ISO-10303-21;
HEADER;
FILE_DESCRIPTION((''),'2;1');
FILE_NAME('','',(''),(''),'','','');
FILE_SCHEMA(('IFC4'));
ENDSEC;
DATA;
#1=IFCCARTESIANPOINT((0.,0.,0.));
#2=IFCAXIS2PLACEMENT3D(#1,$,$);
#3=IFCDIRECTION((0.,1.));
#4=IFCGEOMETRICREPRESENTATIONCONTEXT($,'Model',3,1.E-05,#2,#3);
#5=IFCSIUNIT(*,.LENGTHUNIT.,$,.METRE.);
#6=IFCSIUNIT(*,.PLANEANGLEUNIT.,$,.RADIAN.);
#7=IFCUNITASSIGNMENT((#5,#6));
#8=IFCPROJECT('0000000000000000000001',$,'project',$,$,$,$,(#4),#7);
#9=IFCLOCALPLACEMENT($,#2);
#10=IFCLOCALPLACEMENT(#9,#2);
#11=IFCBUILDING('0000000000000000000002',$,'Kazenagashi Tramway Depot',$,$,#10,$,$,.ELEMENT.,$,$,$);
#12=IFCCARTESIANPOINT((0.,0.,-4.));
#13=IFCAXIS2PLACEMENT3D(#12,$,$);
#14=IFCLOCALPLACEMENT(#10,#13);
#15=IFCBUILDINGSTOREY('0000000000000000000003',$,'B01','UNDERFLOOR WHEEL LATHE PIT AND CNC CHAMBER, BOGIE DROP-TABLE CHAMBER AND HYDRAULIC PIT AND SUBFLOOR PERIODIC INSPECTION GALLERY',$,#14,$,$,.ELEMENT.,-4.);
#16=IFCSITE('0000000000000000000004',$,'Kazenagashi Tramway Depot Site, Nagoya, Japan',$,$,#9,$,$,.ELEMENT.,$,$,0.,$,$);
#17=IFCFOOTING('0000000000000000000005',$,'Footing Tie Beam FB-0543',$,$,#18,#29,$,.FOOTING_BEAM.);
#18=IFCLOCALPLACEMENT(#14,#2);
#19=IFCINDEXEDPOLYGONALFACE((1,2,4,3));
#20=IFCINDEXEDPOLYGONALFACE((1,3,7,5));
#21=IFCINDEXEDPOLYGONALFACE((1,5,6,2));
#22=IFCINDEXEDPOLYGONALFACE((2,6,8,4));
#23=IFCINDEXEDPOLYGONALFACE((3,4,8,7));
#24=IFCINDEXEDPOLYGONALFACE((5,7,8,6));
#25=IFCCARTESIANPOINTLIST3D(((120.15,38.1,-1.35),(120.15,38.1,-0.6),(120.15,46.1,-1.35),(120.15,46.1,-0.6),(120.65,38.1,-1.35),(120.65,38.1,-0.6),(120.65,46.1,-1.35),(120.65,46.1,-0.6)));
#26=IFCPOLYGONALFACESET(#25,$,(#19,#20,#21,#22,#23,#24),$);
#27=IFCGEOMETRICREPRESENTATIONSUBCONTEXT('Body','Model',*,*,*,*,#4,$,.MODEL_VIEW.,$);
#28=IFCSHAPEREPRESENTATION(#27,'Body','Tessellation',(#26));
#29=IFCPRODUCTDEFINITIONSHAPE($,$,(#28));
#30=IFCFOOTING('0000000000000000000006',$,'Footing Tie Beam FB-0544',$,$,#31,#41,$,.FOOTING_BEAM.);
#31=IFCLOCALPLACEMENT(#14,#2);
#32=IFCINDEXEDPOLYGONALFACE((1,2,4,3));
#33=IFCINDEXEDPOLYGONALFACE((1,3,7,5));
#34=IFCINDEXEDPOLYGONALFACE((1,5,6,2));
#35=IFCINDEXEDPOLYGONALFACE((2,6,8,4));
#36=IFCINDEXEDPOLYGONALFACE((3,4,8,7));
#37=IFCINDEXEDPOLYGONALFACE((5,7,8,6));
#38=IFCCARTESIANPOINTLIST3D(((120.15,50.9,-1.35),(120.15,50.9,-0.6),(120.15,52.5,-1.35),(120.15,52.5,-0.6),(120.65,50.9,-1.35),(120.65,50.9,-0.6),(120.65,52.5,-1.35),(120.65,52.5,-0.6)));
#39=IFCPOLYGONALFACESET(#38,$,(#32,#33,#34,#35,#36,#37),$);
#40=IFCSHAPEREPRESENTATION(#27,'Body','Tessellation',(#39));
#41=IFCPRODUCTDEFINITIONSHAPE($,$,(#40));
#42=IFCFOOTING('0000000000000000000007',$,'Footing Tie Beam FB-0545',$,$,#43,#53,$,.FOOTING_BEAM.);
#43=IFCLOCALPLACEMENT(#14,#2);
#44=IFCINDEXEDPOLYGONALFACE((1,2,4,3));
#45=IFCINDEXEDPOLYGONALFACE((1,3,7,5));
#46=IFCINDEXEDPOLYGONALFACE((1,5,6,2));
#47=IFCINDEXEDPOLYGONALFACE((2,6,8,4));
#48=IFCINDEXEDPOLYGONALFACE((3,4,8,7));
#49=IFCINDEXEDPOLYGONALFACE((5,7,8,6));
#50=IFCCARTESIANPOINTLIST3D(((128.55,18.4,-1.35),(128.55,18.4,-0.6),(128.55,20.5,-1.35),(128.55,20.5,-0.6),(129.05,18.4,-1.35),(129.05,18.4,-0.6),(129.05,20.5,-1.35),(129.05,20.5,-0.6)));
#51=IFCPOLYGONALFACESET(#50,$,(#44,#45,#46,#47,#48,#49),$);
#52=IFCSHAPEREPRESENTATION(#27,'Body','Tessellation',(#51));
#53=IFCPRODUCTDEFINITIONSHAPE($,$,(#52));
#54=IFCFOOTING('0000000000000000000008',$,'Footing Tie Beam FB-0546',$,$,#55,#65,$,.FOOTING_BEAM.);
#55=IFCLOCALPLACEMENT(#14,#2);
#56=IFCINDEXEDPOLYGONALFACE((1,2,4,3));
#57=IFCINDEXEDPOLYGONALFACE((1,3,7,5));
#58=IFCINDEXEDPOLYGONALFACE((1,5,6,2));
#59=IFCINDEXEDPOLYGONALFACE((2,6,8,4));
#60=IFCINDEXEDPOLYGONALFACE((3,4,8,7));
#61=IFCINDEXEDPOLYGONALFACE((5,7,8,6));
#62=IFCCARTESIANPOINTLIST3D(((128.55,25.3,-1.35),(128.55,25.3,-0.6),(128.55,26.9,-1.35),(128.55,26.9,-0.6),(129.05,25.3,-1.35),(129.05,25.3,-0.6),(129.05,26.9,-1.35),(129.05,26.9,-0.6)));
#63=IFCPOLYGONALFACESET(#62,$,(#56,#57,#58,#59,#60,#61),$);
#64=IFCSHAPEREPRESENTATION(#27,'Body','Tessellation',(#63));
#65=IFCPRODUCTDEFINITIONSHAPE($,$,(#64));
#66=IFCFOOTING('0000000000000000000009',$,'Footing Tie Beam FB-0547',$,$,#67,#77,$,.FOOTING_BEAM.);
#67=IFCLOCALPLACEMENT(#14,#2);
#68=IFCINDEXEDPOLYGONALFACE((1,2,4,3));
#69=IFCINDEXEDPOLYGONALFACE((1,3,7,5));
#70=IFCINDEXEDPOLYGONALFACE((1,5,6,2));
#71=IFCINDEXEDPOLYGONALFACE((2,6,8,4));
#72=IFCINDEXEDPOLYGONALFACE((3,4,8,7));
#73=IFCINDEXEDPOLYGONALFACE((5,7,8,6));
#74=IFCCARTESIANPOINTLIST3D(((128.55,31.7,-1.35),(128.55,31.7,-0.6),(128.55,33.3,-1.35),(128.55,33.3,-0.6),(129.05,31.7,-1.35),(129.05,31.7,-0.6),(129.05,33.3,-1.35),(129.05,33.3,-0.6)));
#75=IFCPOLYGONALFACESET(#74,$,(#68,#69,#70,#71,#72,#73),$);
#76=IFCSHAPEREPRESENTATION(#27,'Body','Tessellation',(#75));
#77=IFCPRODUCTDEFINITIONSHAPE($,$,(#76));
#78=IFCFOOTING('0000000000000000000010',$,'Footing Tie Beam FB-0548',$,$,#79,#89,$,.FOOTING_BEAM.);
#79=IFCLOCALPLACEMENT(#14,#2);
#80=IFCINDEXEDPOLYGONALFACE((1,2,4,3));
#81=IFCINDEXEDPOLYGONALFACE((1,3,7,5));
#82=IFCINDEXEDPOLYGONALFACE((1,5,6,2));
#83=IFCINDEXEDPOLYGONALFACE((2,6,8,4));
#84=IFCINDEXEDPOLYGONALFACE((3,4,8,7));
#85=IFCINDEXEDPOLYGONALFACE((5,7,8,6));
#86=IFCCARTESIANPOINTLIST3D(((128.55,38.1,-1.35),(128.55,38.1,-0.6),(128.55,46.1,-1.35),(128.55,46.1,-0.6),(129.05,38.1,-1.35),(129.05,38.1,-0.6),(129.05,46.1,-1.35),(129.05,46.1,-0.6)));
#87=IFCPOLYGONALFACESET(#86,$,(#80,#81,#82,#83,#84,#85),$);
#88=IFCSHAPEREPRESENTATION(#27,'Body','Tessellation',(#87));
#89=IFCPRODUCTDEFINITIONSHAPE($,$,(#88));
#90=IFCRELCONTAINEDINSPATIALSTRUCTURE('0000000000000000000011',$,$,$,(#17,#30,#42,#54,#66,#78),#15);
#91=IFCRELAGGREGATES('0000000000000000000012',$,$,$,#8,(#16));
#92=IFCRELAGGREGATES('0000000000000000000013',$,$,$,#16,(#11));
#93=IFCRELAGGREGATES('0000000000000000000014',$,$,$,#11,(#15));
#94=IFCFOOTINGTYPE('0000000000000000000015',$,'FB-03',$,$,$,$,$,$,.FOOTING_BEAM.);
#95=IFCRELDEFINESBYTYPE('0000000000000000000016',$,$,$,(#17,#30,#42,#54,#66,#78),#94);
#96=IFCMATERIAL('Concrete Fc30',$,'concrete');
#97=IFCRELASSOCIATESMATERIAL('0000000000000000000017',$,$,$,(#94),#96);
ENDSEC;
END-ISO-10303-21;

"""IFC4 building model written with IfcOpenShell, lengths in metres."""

from ifc_helpers import new_model, si_unit, direction, frame, origin, place, context, subcontext, project, spatial, polyline, outline, extrude, material, type_object, element, save


model = new_model("IFC4")

# Units and contexts
model_context = context("Model", 3, precision=1e-05, world=origin(), true_north=direction((0.0, 1.0)))
body_context = subcontext(model_context, "Body", "Model", "MODEL_VIEW")
ifc_project = project(units=[si_unit("LENGTHUNIT", "METRE"), si_unit("PLANEANGLEUNIT", "RADIAN")], contexts=[model_context])

# Site, building, storey
site_placement = place(None, origin())
site = spatial("IfcSite", under=ifc_project, at=site_placement, Name="Kazenagashi Tramway Depot Site, Nagoya, Japan", CompositionType="ELEMENT", RefElevation=0.0)
building_placement = place(site_placement, origin())
building = spatial("IfcBuilding", under=site, at=building_placement, Name="Kazenagashi Tramway Depot", CompositionType="ELEMENT")
storey_placement = place(building_placement, frame((0.0, 0.0, -4.0)))
storey = spatial("IfcBuildingStorey", under=building, at=storey_placement, Name="B01", Description="UNDERFLOOR WHEEL LATHE PIT AND CNC CHAMBER, BOGIE DROP-TABLE CHAMBER AND HYDRAULIC PIT AND SUBFLOOR PERIODIC INSPECTION GALLERY", CompositionType="ELEMENT", Elevation=-4.0)

# Footings
ifc_material = material(Name="Concrete Fc30", Category="concrete")
footing_type = type_object("IfcFootingType", Name="FB-03", PredefinedType="FOOTING_BEAM", material=ifc_material)
footing_1_placement = place(storey_placement, frame((0.0, 0.0, -1.35)))
element("IfcFooting", 1, at=footing_1_placement, inside=storey, type_object=footing_type, Name="Footing Tie Beam FB-0543", PredefinedType="FOOTING_BEAM", context=body_context, shape_type="SweptSolid", body=[
    extrude(outline(polyline([(120.15, 38.1), (120.65, 38.1), (120.65, 46.1), (120.15, 46.1), (120.15, 38.1)])), origin(), (0.0, 0.0, 1.0), 0.75),
])
footing_2_placement = place(storey_placement, frame((0.0, 0.0, -1.35)))
element("IfcFooting", 2, at=footing_2_placement, inside=storey, type_object=footing_type, Name="Footing Tie Beam FB-0544", PredefinedType="FOOTING_BEAM", context=body_context, shape_type="SweptSolid", body=[
    extrude(outline(polyline([(120.15, 50.9), (120.65, 50.9), (120.65, 52.5), (120.15, 52.5), (120.15, 50.9)])), origin(), (0.0, 0.0, 1.0), 0.75),
])
footing_3_placement = place(storey_placement, frame((0.0, 0.0, -1.35)))
element("IfcFooting", 3, at=footing_3_placement, inside=storey, type_object=footing_type, Name="Footing Tie Beam FB-0545", PredefinedType="FOOTING_BEAM", context=body_context, shape_type="SweptSolid", body=[
    extrude(outline(polyline([(128.55, 18.4), (129.05, 18.4), (129.05, 20.5), (128.55, 20.5), (128.55, 18.4)])), origin(), (0.0, 0.0, 1.0), 0.75),
])
footing_4_placement = place(storey_placement, frame((0.0, 0.0, -1.35)))
element("IfcFooting", 4, at=footing_4_placement, inside=storey, type_object=footing_type, Name="Footing Tie Beam FB-0546", PredefinedType="FOOTING_BEAM", context=body_context, shape_type="SweptSolid", body=[
    extrude(outline(polyline([(128.55, 25.3), (129.05, 25.3), (129.05, 26.9), (128.55, 26.9), (128.55, 25.3)])), origin(), (0.0, 0.0, 1.0), 0.75),
])
footing_5_placement = place(storey_placement, frame((0.0, 0.0, -1.35)))
element("IfcFooting", 5, at=footing_5_placement, inside=storey, type_object=footing_type, Name="Footing Tie Beam FB-0547", PredefinedType="FOOTING_BEAM", context=body_context, shape_type="SweptSolid", body=[
    extrude(outline(polyline([(128.55, 31.7), (129.05, 31.7), (129.05, 33.3), (128.55, 33.3), (128.55, 31.7)])), origin(), (0.0, 0.0, 1.0), 0.75),
])
footing_6_placement = place(storey_placement, frame((0.0, 0.0, -1.35)))
element("IfcFooting", 6, at=footing_6_placement, inside=storey, type_object=footing_type, Name="Footing Tie Beam FB-0548", PredefinedType="FOOTING_BEAM", context=body_context, shape_type="SweptSolid", body=[
    extrude(outline(polyline([(128.55, 38.1), (129.05, 38.1), (129.05, 46.1), (128.55, 46.1), (128.55, 38.1)])), origin(), (0.0, 0.0, 1.0), 0.75),
])

save(model, "model.ifc")
